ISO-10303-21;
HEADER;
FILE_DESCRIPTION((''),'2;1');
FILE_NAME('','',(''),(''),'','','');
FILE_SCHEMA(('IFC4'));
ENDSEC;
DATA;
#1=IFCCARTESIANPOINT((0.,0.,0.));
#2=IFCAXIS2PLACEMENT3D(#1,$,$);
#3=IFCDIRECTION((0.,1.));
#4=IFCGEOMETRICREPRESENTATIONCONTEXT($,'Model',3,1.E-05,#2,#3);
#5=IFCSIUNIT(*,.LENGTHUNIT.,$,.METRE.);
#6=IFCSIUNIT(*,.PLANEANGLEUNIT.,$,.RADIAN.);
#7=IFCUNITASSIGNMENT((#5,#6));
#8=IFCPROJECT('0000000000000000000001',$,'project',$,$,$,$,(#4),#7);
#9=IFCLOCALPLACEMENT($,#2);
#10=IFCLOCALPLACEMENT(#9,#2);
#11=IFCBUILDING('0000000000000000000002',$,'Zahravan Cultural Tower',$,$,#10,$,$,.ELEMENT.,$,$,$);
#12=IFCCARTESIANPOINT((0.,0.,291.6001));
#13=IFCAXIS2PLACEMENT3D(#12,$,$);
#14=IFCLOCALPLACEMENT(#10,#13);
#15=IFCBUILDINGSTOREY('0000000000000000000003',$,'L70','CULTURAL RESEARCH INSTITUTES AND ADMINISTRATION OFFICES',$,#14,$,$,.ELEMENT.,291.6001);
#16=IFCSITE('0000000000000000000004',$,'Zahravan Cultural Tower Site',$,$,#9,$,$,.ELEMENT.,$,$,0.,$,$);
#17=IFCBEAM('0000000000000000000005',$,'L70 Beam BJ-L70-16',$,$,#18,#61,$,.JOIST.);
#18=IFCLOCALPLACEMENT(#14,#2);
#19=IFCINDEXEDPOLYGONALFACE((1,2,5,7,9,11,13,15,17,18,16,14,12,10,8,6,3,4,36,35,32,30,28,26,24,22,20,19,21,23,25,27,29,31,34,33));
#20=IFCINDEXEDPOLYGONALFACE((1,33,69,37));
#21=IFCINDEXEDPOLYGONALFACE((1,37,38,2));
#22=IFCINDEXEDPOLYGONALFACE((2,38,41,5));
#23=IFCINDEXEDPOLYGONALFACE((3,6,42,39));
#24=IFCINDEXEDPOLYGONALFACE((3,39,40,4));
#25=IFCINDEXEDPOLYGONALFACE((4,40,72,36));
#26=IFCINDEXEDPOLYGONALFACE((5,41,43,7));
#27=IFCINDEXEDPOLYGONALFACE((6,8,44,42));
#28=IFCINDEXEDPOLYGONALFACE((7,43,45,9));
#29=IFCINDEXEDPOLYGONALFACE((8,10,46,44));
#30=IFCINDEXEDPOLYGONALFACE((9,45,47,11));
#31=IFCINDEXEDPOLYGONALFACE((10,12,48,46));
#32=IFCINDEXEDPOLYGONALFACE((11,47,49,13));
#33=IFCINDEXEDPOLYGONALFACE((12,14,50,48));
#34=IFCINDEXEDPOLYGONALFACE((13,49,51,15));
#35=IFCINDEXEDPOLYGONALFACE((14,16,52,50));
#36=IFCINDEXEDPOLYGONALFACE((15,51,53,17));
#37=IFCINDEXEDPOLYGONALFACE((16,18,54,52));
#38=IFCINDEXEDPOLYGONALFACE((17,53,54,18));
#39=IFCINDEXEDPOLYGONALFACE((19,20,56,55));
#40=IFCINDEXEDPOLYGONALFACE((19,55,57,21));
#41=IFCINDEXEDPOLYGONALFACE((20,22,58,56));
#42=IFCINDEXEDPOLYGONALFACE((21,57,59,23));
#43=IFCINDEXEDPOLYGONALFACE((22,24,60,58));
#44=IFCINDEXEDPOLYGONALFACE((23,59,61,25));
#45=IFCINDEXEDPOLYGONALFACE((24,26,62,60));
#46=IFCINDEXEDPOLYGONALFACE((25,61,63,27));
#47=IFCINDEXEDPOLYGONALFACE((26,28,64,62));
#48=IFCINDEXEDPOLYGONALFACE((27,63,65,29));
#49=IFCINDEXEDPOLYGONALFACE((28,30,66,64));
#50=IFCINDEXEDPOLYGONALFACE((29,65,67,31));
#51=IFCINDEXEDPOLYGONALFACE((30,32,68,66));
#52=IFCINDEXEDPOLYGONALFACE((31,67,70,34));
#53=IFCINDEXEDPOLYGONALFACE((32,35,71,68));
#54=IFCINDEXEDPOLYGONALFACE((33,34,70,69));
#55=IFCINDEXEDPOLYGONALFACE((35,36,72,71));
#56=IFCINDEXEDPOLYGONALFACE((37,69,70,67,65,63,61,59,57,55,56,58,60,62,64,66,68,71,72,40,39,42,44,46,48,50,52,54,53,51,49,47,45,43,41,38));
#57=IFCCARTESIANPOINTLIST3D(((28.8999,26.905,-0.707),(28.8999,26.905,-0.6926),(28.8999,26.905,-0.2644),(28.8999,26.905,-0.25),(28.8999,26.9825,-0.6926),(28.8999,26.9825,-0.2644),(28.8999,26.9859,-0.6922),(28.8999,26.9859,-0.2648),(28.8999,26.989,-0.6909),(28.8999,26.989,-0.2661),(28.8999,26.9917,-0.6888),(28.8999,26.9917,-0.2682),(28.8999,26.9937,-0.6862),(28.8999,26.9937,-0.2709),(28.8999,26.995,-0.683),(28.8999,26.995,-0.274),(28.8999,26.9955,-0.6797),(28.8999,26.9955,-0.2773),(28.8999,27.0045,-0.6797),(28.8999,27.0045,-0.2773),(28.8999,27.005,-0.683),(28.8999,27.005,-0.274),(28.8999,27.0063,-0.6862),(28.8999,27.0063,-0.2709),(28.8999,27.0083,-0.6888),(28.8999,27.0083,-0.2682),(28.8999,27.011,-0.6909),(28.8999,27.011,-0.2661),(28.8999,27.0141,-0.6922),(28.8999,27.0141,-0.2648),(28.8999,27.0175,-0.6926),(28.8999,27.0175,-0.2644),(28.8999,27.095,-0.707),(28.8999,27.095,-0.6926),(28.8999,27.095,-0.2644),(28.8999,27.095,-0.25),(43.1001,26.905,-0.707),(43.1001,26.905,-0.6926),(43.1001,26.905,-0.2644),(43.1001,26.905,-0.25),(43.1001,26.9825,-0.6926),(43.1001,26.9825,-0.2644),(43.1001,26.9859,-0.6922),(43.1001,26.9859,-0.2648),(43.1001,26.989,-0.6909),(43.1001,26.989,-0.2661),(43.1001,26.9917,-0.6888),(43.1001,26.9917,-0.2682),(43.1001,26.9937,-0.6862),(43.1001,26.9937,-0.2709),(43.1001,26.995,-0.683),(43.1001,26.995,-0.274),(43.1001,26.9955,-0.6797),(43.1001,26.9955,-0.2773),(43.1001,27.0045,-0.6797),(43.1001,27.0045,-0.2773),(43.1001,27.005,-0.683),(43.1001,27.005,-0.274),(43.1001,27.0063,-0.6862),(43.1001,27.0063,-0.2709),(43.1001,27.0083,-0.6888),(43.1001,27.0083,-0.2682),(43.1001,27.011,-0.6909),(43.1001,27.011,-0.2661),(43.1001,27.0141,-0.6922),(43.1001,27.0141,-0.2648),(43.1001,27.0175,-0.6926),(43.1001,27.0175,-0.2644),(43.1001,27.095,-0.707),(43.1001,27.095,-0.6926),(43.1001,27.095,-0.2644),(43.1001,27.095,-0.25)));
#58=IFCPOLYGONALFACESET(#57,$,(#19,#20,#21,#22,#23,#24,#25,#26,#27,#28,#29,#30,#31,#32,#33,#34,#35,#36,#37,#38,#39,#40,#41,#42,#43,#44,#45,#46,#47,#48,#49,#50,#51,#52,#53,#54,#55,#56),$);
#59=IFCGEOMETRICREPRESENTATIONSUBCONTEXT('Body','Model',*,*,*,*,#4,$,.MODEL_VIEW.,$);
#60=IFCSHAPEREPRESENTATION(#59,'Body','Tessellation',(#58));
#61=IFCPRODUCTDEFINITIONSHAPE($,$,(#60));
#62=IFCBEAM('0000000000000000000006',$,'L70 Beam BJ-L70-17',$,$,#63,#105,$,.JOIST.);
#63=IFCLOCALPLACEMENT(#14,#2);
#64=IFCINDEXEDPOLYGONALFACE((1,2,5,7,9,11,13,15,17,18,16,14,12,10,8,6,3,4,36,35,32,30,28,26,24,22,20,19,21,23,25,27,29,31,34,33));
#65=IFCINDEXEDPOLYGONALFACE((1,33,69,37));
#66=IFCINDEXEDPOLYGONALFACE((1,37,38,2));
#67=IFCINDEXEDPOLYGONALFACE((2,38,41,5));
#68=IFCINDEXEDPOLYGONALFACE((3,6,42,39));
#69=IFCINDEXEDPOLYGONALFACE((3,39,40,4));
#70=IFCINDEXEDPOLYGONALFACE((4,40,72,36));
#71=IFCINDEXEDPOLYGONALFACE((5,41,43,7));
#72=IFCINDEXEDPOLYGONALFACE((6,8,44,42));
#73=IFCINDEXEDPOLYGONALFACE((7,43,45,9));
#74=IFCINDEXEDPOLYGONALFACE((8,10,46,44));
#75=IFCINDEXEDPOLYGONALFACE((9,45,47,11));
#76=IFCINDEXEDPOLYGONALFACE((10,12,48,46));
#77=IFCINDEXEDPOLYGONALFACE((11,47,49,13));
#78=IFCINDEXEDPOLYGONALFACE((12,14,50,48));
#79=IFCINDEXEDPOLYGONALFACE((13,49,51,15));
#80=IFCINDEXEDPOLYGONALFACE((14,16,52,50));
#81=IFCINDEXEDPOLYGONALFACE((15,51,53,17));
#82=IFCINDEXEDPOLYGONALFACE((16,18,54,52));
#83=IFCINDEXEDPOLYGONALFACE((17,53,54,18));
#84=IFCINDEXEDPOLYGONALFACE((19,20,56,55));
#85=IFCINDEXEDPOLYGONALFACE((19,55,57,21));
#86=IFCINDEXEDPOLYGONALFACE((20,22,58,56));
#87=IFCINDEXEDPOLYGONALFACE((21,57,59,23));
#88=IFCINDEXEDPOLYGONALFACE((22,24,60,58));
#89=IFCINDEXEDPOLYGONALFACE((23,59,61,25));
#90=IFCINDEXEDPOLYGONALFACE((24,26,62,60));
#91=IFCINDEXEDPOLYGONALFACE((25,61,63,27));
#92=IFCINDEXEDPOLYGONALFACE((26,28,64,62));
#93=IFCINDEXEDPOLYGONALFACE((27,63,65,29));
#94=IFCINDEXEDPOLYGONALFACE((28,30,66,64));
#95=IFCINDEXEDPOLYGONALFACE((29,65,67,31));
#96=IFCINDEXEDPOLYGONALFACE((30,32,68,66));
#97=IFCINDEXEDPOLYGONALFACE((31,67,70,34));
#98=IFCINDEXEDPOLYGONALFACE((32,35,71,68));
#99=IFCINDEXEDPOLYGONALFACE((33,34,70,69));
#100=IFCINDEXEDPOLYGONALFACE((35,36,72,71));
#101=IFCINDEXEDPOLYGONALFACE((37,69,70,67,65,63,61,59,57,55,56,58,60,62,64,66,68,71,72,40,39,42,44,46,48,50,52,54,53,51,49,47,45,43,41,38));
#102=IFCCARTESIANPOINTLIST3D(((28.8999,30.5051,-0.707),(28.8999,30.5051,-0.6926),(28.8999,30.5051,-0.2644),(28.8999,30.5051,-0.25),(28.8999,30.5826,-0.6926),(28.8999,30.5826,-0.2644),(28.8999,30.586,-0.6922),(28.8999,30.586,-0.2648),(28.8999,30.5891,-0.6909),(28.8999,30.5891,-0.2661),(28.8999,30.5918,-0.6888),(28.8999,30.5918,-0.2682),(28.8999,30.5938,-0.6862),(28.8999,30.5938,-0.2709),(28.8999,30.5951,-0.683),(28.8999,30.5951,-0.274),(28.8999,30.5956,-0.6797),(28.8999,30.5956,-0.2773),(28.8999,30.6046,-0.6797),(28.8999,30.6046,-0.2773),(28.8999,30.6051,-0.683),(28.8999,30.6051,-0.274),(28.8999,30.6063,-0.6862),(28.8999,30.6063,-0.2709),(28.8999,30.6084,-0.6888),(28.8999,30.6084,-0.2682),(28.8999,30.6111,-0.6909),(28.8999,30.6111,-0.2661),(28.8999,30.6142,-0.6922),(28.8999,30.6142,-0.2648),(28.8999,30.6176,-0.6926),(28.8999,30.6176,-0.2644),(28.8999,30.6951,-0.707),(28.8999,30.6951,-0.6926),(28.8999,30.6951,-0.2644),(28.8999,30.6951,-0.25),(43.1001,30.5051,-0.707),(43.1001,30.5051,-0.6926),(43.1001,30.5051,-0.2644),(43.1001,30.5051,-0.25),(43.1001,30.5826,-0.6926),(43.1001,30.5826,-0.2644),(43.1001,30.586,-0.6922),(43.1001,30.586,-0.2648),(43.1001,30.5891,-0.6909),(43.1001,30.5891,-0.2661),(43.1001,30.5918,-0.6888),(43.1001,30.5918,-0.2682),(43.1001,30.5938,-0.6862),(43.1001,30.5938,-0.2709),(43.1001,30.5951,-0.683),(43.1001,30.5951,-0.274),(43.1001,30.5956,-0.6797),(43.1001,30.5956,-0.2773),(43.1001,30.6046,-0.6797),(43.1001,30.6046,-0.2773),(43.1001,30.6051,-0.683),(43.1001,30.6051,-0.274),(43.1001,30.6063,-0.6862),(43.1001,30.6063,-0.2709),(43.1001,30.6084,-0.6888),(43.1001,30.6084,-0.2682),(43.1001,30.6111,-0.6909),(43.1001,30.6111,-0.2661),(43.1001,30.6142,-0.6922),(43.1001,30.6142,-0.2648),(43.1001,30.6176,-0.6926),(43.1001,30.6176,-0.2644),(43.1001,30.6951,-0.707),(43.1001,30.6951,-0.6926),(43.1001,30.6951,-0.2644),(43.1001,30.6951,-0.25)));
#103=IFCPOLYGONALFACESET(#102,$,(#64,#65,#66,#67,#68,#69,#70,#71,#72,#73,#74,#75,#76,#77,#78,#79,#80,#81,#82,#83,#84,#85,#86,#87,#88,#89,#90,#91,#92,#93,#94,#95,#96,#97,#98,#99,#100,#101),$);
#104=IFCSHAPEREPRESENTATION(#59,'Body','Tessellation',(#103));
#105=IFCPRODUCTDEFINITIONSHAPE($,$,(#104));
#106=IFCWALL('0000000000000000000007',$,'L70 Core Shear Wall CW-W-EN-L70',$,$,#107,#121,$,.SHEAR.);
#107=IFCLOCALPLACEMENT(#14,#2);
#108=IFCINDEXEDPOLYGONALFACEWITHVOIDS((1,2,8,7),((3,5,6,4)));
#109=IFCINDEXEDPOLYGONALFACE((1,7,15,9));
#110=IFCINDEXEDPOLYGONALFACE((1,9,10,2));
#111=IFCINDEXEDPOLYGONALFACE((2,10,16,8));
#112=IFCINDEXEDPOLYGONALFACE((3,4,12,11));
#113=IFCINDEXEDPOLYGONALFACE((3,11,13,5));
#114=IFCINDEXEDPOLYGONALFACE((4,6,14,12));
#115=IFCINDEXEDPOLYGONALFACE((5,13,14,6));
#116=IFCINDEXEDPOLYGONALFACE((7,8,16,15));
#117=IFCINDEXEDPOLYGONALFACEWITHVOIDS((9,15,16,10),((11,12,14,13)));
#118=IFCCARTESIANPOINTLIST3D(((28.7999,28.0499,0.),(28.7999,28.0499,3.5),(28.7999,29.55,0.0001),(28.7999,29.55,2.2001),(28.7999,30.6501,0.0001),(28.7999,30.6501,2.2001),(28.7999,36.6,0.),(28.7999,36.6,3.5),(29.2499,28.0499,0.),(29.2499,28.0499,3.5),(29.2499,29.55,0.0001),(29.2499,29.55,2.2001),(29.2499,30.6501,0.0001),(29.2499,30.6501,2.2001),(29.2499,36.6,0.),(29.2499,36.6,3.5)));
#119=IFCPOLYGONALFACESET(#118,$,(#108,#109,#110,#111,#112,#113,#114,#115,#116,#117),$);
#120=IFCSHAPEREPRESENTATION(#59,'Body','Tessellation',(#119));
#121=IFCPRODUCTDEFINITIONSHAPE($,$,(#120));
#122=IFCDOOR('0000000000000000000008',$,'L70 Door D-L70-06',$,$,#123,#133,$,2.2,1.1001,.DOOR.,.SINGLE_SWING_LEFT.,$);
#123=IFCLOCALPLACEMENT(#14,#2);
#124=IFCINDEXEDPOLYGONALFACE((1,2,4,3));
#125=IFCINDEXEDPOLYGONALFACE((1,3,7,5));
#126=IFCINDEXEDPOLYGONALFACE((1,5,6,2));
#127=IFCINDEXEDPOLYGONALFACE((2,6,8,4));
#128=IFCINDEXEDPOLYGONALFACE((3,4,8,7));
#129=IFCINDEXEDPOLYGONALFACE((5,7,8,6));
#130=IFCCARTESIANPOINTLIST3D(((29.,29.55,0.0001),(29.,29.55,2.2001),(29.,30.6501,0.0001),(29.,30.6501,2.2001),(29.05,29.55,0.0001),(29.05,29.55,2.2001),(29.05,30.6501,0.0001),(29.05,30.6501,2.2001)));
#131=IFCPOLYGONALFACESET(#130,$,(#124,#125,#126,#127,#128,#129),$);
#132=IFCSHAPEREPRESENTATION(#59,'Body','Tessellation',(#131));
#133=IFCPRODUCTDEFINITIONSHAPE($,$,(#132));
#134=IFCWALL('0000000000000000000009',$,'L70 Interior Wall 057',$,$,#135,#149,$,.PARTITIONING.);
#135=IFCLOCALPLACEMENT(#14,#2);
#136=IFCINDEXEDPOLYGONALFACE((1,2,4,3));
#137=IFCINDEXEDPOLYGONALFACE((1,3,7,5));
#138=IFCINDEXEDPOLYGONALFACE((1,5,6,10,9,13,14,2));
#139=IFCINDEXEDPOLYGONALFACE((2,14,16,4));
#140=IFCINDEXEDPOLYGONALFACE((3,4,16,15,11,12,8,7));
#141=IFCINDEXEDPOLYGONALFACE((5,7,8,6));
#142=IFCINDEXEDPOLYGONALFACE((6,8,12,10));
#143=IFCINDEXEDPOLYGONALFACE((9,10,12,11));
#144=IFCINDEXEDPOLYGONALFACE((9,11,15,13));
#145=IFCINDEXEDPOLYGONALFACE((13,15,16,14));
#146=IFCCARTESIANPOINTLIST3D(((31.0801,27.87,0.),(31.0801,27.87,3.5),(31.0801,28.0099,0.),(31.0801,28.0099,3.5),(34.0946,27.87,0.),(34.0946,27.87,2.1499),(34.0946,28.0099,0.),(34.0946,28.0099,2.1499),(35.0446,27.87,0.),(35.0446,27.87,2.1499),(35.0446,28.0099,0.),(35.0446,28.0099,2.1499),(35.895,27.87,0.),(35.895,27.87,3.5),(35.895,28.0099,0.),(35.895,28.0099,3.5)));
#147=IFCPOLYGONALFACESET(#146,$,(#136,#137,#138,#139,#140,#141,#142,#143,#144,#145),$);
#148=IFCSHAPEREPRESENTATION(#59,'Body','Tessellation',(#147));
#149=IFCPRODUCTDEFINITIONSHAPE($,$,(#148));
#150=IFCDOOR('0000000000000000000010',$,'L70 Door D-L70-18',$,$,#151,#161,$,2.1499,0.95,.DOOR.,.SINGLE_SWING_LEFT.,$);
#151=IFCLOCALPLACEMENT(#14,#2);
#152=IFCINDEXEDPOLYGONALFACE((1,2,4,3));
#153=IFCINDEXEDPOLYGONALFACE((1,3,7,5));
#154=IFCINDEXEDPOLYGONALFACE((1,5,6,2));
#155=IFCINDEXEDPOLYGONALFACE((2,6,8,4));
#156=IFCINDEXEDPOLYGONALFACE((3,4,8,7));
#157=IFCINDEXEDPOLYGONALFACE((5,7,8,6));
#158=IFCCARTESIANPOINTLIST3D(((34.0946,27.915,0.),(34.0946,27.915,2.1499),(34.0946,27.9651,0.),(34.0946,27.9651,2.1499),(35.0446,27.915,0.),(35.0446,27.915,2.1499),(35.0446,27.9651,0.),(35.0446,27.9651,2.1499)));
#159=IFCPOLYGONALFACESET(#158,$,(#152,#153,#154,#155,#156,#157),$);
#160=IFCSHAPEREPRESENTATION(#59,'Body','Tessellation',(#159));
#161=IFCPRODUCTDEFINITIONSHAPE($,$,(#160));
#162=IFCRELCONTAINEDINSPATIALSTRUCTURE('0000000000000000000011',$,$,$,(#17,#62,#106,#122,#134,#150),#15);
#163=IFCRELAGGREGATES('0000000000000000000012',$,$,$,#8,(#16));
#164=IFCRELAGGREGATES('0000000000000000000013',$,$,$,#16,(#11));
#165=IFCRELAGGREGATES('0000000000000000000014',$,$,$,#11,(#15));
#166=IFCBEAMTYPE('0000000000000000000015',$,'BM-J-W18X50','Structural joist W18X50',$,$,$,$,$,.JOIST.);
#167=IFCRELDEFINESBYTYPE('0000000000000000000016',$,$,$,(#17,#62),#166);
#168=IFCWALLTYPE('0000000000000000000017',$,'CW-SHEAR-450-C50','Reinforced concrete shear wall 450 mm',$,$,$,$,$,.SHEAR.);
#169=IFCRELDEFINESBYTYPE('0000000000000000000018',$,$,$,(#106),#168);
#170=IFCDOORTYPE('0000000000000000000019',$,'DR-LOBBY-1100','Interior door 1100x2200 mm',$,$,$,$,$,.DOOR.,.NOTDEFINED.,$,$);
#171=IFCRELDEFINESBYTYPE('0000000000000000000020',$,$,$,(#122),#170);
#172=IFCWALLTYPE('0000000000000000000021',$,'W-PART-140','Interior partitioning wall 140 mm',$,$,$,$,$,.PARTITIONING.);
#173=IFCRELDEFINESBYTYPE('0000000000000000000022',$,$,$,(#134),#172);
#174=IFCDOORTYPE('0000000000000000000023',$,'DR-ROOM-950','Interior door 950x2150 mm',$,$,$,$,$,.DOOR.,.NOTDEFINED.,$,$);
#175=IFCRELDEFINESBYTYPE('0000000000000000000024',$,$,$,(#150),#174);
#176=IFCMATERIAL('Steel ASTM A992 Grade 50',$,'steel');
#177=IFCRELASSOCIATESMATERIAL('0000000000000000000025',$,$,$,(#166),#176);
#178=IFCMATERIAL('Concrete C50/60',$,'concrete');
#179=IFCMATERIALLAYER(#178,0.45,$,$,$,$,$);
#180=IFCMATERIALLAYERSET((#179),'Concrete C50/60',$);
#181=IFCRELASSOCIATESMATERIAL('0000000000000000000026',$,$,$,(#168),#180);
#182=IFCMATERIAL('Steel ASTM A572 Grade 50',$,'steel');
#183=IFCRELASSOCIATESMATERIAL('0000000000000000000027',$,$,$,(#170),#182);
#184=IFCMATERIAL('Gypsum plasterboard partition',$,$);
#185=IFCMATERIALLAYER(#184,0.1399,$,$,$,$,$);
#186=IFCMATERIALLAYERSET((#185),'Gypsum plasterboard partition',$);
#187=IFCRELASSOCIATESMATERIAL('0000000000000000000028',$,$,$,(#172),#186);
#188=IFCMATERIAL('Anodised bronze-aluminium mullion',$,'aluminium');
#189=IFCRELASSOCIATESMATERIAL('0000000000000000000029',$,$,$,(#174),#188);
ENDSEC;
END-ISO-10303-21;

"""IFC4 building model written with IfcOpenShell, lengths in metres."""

from ifc_helpers import new_model, si_unit, direction, frame, frame_2d, origin, origin_2d, place, context, subcontext, project, spatial, rectangle, i_section, extrude, source, transform, mapped, material, layer, layer_set, material_profile, profile_set, type_object, element, fill, save


model = new_model("IFC4")

# Units and contexts
model_context = context("Model", 3, precision=1e-05, world=origin(), true_north=direction((0.0, 1.0)))
body_context = subcontext(model_context, "Body", "Model", "MODEL_VIEW")
ifc_project = project(units=[si_unit("LENGTHUNIT", "METRE"), si_unit("PLANEANGLEUNIT", "RADIAN")], contexts=[model_context])

# Site, building, storey
site_placement = place(None, origin())
site = spatial("IfcSite", under=ifc_project, at=site_placement, Name="Zahravan Cultural Tower Site", CompositionType="ELEMENT", RefElevation=0.0)
building_placement = place(site_placement, origin())
building = spatial("IfcBuilding", under=site, at=building_placement, Name="Zahravan Cultural Tower", CompositionType="ELEMENT")
storey_placement = place(building_placement, frame((0.0, 0.0, 291.6001)))
storey = spatial("IfcBuildingStorey", under=building, at=storey_placement, Name="L70", Description="CULTURAL RESEARCH INSTITUTES AND ADMINISTRATION OFFICES", CompositionType="ELEMENT", Elevation=291.6001)

# Beams
ifc_material_1 = material(Name="Steel ASTM A992 Grade 50", Category="steel")
ifc_material_profile = material_profile(ifc_material_1, i_section(OverallWidth=0.1899, OverallDepth=0.457, WebThickness=0.009, FlangeThickness=0.0144, FilletRadius=0.0129, at=origin_2d()), Name="W18X50")
ifc_profile_set = profile_set([ifc_material_profile], Name="Steel ASTM A992 Grade 50")
beam_type = type_object("IfcBeamType", Name="BM-J-W18X50", Description="Structural joist W18X50", PredefinedType="JOIST", material=ifc_profile_set)
shared_shape_1 = source(origin(), body_context, "Body", "SweptSolid", [
    extrude(i_section(OverallWidth=0.1899, OverallDepth=0.457, WebThickness=0.009, FlangeThickness=0.0144, FilletRadius=0.0129, at=origin_2d()), origin(), (0.0, 0.0, 1.0), 14.2002),
])
for number, where, z_axis, x_axis, name in (
    (1, (28.8999, 27.0, -0.4785), (1.0, 0.0, 0.0), (0.0, 1.0, 0.0), "L70 Beam BJ-L70-16"),
    (2, (28.8999, 30.6001, -0.4785), (1.0, 0.0, 0.0), (0.0, 1.0, 0.0), "L70 Beam BJ-L70-17"),
):
    element("IfcBeam", number, at=place(storey_placement, frame(where, z_axis=z_axis, x_axis=x_axis)), inside=storey, type_object=beam_type, Name=name, PredefinedType="JOIST", context=body_context, shape_type="MappedRepresentation", body=[
        mapped(shared_shape_1, transform((0.0, 0.0, 0.0), x_axis=(1.0, 0.0, 0.0), y_axis=(0.0, 1.0, 0.0), z_axis=(0.0, 0.0, 1.0), scale=1.0)),
    ])

# Walls, openings, doors
ifc_material_2 = material(Name="Concrete C50/60", Category="concrete")
ifc_layer_1 = layer(ifc_material_2, 0.45)
ifc_layer_set_1 = layer_set([ifc_layer_1], Name="Concrete C50/60")
wall_type_1 = type_object("IfcWallType", Name="CW-SHEAR-450-C50", Description="Reinforced concrete shear wall 450 mm", PredefinedType="SHEAR", material=ifc_layer_set_1)
wall_1_placement = place(storey_placement, frame((29.0249, 28.05, 0.0), z_axis=(0.0, 0.0, 1.0), x_axis=(0.0, 1.0, 0.0)))
wall_1 = element("IfcWall", 3, at=wall_1_placement, inside=storey, type_object=wall_type_1, Name="L70 Core Shear Wall CW-W-EN-L70", PredefinedType="SHEAR", context=body_context, shape_type="SweptSolid", body=[
    extrude(rectangle(XDim=8.55, YDim=0.45, at=frame_2d((4.2749, 0.0))), origin(), (0.0, 0.0, 1.0), 3.5),
])
opening_1_placement = place(wall_1_placement, frame((1.5, 0.0, 0.0)))
opening_1 = element("IfcOpeningElement", 4, at=opening_1_placement, cuts=wall_1, PredefinedType="OPENING", context=body_context, shape_type="SweptSolid", body=[
    extrude(rectangle(XDim=1.1001, YDim=2.2, at=frame_2d((0.55, 1.1001))), frame((0.0, 0.2349, 0.0), z_axis=(0.0, -1.0, 0.0), x_axis=(1.0, 0.0, 0.0)), (0.0, 0.0, 1.0), 0.47),
])
ifc_material_3 = material(Name="Steel ASTM A572 Grade 50", Category="steel")
door_type_1 = type_object("IfcDoorType", Name="DR-LOBBY-1100", Description="Interior door 1100x2200 mm", OperationType="NOTDEFINED", PredefinedType="DOOR", material=ifc_material_3)
shared_shape_2 = source(origin(), body_context, "Body", "SweptSolid", [
    extrude(rectangle(XDim=1.1001, YDim=2.2, at=frame_2d((0.55, 1.1001))), frame((0.0, 0.0249, 0.0), z_axis=(0.0, -1.0, 0.0), x_axis=(1.0, 0.0, 0.0)), (0.0, 0.0, 1.0), 0.05),
])
door_1_placement = place(opening_1_placement, origin())
door_1 = element("IfcDoor", 5, at=door_1_placement, inside=storey, type_object=door_type_1, Name="L70 Door D-L70-06", OperationType="SINGLE_SWING_LEFT", OverallHeight=2.2, OverallWidth=1.1001, PredefinedType="DOOR", context=body_context, shape_type="MappedRepresentation", body=[
    mapped(shared_shape_2, transform((0.0, 0.0, 0.0), x_axis=(1.0, 0.0, 0.0), y_axis=(0.0, 1.0, 0.0), z_axis=(0.0, 0.0, 1.0), scale=1.0)),
])
fill(opening_1, door_1)
ifc_material_4 = material(Name="Gypsum plasterboard partition")
ifc_layer_2 = layer(ifc_material_4, 0.1399)
ifc_layer_set_2 = layer_set([ifc_layer_2], Name="Gypsum plasterboard partition")
wall_type_2 = type_object("IfcWallType", Name="W-PART-140", Description="Interior partitioning wall 140 mm", PredefinedType="PARTITIONING", material=ifc_layer_set_2)
wall_2_placement = place(storey_placement, frame((35.895, 27.9399, 0.0), z_axis=(0.0, 0.0, 1.0), x_axis=(-1.0, 0.0, 0.0)))
wall_2 = element("IfcWall", 6, at=wall_2_placement, inside=storey, type_object=wall_type_2, Name="L70 Interior Wall 057", PredefinedType="PARTITIONING", context=body_context, shape_type="SweptSolid", body=[
    extrude(rectangle(XDim=4.8149, YDim=0.1399, at=frame_2d((2.4075, 0.0))), origin(), (0.0, 0.0, 1.0), 3.5),
])
opening_2_placement = place(wall_2_placement, frame((0.8503, 0.0, 0.0)))
opening_2 = element("IfcOpeningElement", 7, at=opening_2_placement, cuts=wall_2, PredefinedType="OPENING", context=body_context, shape_type="SweptSolid", body=[
    extrude(rectangle(XDim=0.95, YDim=2.1499, at=frame_2d((0.4751, 1.075))), frame((0.0, 0.0798, 0.0), z_axis=(0.0, -1.0, 0.0), x_axis=(1.0, 0.0, 0.0)), (0.0, 0.0, 1.0), 0.1599),
])
ifc_material_5 = material(Name="Anodised bronze-aluminium mullion", Category="aluminium")
door_type_2 = type_object("IfcDoorType", Name="DR-ROOM-950", Description="Interior door 950x2150 mm", OperationType="NOTDEFINED", PredefinedType="DOOR", material=ifc_material_5)
shared_shape_3 = source(origin(), body_context, "Body", "SweptSolid", [
    extrude(rectangle(XDim=0.95, YDim=2.1499, at=frame_2d((0.4751, 1.075))), frame((0.0, 0.0249, 0.0), z_axis=(0.0, -1.0, 0.0), x_axis=(1.0, 0.0, 0.0)), (0.0, 0.0, 1.0), 0.05),
])
door_2_placement = place(opening_2_placement, origin())
door_2 = element("IfcDoor", 8, at=door_2_placement, inside=storey, type_object=door_type_2, Name="L70 Door D-L70-18", OperationType="SINGLE_SWING_LEFT", OverallHeight=2.1499, OverallWidth=0.95, PredefinedType="DOOR", context=body_context, shape_type="MappedRepresentation", body=[
    mapped(shared_shape_3, transform((0.0, 0.0, 0.0), x_axis=(1.0, 0.0, 0.0), y_axis=(0.0, 1.0, 0.0), z_axis=(0.0, 0.0, 1.0), scale=1.0)),
])
fill(opening_2, door_2)

save(model, "model.ifc")
